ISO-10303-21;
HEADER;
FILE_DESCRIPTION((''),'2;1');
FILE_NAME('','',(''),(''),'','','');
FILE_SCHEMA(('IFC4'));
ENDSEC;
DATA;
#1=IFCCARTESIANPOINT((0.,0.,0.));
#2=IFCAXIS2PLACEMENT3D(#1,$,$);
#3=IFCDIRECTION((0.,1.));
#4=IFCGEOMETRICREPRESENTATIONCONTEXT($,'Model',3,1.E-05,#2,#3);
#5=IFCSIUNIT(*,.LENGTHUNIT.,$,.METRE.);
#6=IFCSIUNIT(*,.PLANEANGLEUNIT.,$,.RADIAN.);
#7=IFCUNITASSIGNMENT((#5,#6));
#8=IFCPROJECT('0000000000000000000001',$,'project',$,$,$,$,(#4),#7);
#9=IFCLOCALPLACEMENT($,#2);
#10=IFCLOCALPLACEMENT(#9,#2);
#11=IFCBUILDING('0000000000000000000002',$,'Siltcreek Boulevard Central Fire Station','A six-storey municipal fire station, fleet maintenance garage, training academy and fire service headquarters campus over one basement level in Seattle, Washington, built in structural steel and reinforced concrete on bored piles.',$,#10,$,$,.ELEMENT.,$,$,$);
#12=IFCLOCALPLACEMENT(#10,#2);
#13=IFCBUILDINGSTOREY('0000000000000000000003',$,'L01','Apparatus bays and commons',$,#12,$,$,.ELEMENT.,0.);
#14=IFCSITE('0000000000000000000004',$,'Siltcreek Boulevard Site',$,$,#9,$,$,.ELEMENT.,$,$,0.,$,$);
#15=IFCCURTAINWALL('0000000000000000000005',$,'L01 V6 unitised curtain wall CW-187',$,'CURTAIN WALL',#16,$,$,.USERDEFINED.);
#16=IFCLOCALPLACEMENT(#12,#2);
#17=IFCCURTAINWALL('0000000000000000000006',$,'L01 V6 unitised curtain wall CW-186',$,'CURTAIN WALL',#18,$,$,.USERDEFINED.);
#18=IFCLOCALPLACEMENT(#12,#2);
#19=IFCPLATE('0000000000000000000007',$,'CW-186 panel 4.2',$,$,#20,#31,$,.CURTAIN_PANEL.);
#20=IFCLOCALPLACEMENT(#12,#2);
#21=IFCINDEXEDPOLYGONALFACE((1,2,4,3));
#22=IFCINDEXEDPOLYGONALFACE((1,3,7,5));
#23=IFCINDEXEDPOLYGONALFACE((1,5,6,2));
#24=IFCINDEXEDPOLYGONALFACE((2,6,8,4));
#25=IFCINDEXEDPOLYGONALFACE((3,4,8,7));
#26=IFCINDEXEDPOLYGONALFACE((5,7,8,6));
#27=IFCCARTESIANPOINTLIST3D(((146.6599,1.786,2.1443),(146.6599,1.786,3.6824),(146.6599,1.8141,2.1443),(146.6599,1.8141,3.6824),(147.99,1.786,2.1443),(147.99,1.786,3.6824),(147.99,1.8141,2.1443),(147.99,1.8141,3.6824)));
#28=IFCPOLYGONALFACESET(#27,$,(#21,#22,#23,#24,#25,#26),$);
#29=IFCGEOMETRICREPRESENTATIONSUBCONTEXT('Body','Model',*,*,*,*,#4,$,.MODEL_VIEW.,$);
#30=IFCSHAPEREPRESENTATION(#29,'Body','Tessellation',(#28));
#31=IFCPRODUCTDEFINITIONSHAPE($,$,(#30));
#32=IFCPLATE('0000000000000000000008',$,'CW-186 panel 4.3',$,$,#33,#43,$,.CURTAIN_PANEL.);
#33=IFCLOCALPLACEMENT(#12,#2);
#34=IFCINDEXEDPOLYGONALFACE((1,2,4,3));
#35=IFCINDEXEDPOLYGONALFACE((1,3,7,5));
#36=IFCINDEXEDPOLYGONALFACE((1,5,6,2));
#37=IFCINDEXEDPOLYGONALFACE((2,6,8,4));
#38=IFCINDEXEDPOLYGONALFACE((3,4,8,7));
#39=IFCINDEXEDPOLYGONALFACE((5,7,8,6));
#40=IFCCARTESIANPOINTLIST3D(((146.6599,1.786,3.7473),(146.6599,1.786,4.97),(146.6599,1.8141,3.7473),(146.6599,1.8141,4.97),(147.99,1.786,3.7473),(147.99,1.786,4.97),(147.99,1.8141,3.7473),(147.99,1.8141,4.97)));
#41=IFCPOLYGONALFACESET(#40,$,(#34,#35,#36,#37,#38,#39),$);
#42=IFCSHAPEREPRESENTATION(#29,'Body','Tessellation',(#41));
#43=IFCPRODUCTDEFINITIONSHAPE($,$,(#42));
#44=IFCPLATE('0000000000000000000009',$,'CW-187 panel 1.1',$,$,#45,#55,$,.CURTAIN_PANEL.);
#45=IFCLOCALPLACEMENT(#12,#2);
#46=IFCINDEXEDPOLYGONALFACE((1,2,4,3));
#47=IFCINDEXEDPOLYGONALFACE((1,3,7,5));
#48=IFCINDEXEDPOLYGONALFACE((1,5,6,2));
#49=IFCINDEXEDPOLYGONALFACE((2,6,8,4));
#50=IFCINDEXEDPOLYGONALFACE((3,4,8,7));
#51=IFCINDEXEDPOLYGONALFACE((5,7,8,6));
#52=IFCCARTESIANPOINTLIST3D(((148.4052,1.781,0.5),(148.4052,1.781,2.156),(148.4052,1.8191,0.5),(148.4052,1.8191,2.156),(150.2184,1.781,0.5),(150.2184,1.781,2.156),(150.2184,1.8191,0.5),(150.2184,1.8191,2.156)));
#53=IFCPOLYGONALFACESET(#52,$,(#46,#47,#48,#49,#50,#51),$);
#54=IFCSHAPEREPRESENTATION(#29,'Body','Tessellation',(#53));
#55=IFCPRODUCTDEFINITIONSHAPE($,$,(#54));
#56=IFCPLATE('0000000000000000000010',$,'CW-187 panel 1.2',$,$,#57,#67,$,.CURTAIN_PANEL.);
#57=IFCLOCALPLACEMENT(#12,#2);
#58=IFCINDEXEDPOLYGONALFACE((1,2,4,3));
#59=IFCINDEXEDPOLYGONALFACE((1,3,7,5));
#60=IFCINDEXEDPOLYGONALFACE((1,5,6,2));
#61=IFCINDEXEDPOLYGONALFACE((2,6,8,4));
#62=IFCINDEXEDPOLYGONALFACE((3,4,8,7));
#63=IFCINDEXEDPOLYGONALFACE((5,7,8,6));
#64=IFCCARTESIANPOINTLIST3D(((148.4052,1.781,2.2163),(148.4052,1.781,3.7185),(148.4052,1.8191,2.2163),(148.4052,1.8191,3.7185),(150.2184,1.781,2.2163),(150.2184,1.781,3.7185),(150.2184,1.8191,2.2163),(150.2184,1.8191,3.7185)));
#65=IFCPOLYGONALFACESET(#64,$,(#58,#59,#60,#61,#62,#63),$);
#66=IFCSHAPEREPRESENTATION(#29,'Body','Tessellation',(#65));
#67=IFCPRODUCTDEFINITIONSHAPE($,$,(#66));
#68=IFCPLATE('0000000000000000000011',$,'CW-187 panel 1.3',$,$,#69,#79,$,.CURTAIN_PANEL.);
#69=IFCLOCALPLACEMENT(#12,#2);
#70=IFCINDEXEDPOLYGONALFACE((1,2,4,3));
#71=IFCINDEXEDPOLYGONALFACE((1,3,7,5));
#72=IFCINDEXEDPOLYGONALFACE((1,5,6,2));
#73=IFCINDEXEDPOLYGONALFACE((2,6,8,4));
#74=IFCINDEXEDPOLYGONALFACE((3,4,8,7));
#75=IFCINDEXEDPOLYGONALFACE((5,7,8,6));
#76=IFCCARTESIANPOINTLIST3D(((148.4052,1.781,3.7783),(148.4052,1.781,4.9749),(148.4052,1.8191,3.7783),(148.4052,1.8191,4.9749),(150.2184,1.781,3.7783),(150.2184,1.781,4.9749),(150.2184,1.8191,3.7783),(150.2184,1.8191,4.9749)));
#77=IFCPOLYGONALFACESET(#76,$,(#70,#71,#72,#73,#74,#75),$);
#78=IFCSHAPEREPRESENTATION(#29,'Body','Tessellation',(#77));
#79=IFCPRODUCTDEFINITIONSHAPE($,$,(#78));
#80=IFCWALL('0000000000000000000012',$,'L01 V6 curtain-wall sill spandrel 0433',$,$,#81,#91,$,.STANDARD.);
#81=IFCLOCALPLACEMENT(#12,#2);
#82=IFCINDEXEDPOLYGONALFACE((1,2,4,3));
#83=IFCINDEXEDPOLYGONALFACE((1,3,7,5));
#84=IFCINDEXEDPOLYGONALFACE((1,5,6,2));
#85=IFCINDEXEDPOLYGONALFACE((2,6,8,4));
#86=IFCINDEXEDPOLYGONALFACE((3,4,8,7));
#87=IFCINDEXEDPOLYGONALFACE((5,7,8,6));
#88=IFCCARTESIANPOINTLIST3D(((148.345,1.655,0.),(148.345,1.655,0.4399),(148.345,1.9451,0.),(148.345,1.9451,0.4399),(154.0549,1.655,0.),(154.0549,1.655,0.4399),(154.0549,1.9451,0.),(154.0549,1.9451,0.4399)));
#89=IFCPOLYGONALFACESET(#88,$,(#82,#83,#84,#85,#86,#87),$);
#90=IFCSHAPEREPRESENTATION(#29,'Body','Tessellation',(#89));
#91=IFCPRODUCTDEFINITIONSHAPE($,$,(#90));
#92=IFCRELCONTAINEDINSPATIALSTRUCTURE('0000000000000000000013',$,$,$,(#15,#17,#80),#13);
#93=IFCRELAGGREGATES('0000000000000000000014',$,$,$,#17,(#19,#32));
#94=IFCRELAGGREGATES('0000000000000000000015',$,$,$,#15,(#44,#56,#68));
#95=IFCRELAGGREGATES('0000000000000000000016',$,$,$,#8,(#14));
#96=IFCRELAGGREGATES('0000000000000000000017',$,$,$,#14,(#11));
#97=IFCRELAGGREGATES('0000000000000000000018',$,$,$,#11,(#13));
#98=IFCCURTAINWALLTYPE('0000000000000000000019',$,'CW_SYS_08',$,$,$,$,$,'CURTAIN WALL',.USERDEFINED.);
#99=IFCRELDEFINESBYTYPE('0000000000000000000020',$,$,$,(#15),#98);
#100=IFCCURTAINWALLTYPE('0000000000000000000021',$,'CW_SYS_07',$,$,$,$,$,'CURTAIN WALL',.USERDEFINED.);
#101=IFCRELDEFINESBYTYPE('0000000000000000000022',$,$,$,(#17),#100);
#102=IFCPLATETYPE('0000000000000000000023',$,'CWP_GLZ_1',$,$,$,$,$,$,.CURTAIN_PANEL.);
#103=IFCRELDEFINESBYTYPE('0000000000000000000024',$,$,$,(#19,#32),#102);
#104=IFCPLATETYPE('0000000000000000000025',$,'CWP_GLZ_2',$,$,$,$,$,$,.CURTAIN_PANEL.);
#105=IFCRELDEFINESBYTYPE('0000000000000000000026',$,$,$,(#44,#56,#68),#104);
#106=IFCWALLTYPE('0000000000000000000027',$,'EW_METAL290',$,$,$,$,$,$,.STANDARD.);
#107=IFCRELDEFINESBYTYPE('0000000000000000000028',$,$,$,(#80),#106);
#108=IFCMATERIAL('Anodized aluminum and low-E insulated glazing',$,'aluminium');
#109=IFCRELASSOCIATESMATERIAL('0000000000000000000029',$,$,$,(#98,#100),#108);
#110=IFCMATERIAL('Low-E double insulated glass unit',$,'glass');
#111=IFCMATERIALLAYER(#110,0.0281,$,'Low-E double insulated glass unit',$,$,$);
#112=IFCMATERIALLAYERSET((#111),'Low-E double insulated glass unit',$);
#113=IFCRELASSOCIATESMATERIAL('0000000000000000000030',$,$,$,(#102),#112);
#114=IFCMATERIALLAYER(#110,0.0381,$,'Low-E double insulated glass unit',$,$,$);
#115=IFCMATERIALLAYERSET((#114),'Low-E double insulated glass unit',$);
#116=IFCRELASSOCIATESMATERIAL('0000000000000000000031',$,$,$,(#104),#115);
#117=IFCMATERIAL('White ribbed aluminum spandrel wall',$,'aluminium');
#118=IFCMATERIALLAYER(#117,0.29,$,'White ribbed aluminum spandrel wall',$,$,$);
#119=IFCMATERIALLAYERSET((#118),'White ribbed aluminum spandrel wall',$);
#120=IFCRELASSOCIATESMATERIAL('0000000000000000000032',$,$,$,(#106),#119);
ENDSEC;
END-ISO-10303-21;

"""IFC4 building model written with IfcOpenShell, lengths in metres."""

from ifc_helpers import new_model, si_unit, direction, frame, frame_2d, origin, origin_2d, place, context, subcontext, project, spatial, rectangle, extrude, material, layer, layer_set, type_object, element, aggregate, save


model = new_model("IFC4")

# Units and contexts
model_context = context("Model", 3, precision=1e-05, world=origin(), true_north=direction((0.0, 1.0)))
body_context = subcontext(model_context, "Body", "Model", "MODEL_VIEW")
ifc_project = project(units=[si_unit("LENGTHUNIT", "METRE"), si_unit("PLANEANGLEUNIT", "RADIAN")], contexts=[model_context])

# Site, building, storey
site_placement = place(None, origin())
site = spatial("IfcSite", under=ifc_project, at=site_placement, Name="Siltcreek Boulevard Site", CompositionType="ELEMENT", RefElevation=0.0)
building_placement = place(site_placement, origin())
building = spatial("IfcBuilding", under=site, at=building_placement, Name="Siltcreek Boulevard Central Fire Station", Description="A six-storey municipal fire station, fleet maintenance garage, training academy and fire service headquarters campus over one basement level in Seattle, Washington, built in structural steel and reinforced concrete on bored piles.", CompositionType="ELEMENT")
storey_placement = place(building_placement, origin())
storey = spatial("IfcBuildingStorey", under=building, at=storey_placement, Name="L01", Description="Apparatus bays and commons", CompositionType="ELEMENT", Elevation=0.0)

# Curtain walls
ifc_material_1 = material(Name="Anodized aluminum and low-E insulated glazing", Category="aluminium")
curtain_wall_type_1 = type_object("IfcCurtainWallType", Name="CW_SYS_08", ElementType="CURTAIN WALL", PredefinedType="USERDEFINED", material=ifc_material_1)
curtain_wall_1_placement = place(storey_placement, origin())
curtain_wall_1 = element("IfcCurtainWall", 1, at=curtain_wall_1_placement, inside=storey, type_object=curtain_wall_type_1, Name="L01 V6 unitised curtain wall CW-187", ObjectType="CURTAIN WALL", PredefinedType="USERDEFINED")
curtain_wall_type_2 = type_object("IfcCurtainWallType", Name="CW_SYS_07", ElementType="CURTAIN WALL", PredefinedType="USERDEFINED", material=ifc_material_1)
curtain_wall_2_placement = place(storey_placement, origin())
curtain_wall_2 = element("IfcCurtainWall", 2, at=curtain_wall_2_placement, inside=storey, type_object=curtain_wall_type_2, Name="L01 V6 unitised curtain wall CW-186", ObjectType="CURTAIN WALL", PredefinedType="USERDEFINED")

# Plates
ifc_material_2 = material(Name="Low-E double insulated glass unit", Category="glass")
ifc_layer_1 = layer(ifc_material_2, 0.0281, Name="Low-E double insulated glass unit")
ifc_layer_set_1 = layer_set([ifc_layer_1], Name="Low-E double insulated glass unit")
plate_type_1 = type_object("IfcPlateType", Name="CWP_GLZ_1", PredefinedType="CURTAIN_PANEL", material=ifc_layer_set_1)
plate_1_placement = place(storey_placement, frame((147.325, 1.8, 2.1443), z_axis=(0.0, 0.0, 1.0), x_axis=(1.0, 0.0, 0.0)))
plate_1 = element("IfcPlate", 3, at=plate_1_placement, type_object=plate_type_1, Name="CW-186 panel 4.2", PredefinedType="CURTAIN_PANEL", context=body_context, shape_type="SweptSolid", body=[
    extrude(rectangle(XDim=1.3301, YDim=0.0281, at=origin_2d()), origin(), (0.0, 0.0, 1.0), 1.5381),
])
plate_2_placement = place(storey_placement, frame((147.325, 1.8, 3.7473), z_axis=(0.0, 0.0, 1.0), x_axis=(1.0, 0.0, 0.0)))
plate_2 = element("IfcPlate", 4, at=plate_2_placement, type_object=plate_type_1, Name="CW-186 panel 4.3", PredefinedType="CURTAIN_PANEL", context=body_context, shape_type="SweptSolid", body=[
    extrude(rectangle(XDim=1.3301, YDim=0.0281, at=origin_2d()), origin(), (0.0, 0.0, 1.0), 1.2227),
])
aggregate(curtain_wall_2, [plate_1, plate_2])
ifc_layer_2 = layer(ifc_material_2, 0.0381, Name="Low-E double insulated glass unit")
ifc_layer_set_2 = layer_set([ifc_layer_2], Name="Low-E double insulated glass unit")
plate_type_2 = type_object("IfcPlateType", Name="CWP_GLZ_2", PredefinedType="CURTAIN_PANEL", material=ifc_layer_set_2)
plate_3_placement = place(storey_placement, frame((149.3118, 1.8, 0.5), z_axis=(0.0, 0.0, 1.0), x_axis=(1.0, 0.0, 0.0)))
plate_3 = element("IfcPlate", 5, at=plate_3_placement, type_object=plate_type_2, Name="CW-187 panel 1.1", PredefinedType="CURTAIN_PANEL", context=body_context, shape_type="SweptSolid", body=[
    extrude(rectangle(XDim=1.8132, YDim=0.0381, at=origin_2d()), origin(), (0.0, 0.0, 1.0), 1.656),
])
plate_4_placement = place(storey_placement, frame((149.3118, 1.8, 2.2163), z_axis=(0.0, 0.0, 1.0), x_axis=(1.0, 0.0, 0.0)))
plate_4 = element("IfcPlate", 6, at=plate_4_placement, type_object=plate_type_2, Name="CW-187 panel 1.2", PredefinedType="CURTAIN_PANEL", context=body_context, shape_type="SweptSolid", body=[
    extrude(rectangle(XDim=1.8132, YDim=0.0381, at=origin_2d()), origin(), (0.0, 0.0, 1.0), 1.5022),
])
plate_5_placement = place(storey_placement, frame((149.3118, 1.8, 3.7783), z_axis=(0.0, 0.0, 1.0), x_axis=(1.0, 0.0, 0.0)))
plate_5 = element("IfcPlate", 7, at=plate_5_placement, type_object=plate_type_2, Name="CW-187 panel 1.3", PredefinedType="CURTAIN_PANEL", context=body_context, shape_type="SweptSolid", body=[
    extrude(rectangle(XDim=1.8132, YDim=0.0381, at=origin_2d()), origin(), (0.0, 0.0, 1.0), 1.1965),
])
aggregate(curtain_wall_1, [plate_3, plate_4, plate_5])

# Wall
ifc_material_3 = material(Name="White ribbed aluminum spandrel wall", Category="aluminium")
ifc_layer_3 = layer(ifc_material_3, 0.29, Name="White ribbed aluminum spandrel wall")
ifc_layer_set_3 = layer_set([ifc_layer_3], Name="White ribbed aluminum spandrel wall")
wall_type = type_object("IfcWallType", Name="EW_METAL290", PredefinedType="STANDARD", material=ifc_layer_set_3)
wall_placement = place(storey_placement, frame((148.345, 1.8, 0.0), z_axis=(0.0, 0.0, 1.0), x_axis=(1.0, 0.0, 0.0)))
element("IfcWall", 8, at=wall_placement, inside=storey, type_object=wall_type, Name="L01 V6 curtain-wall sill spandrel 0433", PredefinedType="STANDARD", context=body_context, shape_type="SweptSolid", body=[
    extrude(rectangle(XDim=5.71, YDim=0.29, at=frame_2d((2.855, 0.0))), origin(), (0.0, 0.0, 1.0), 0.4399),
])

save(model, "model.ifc")
